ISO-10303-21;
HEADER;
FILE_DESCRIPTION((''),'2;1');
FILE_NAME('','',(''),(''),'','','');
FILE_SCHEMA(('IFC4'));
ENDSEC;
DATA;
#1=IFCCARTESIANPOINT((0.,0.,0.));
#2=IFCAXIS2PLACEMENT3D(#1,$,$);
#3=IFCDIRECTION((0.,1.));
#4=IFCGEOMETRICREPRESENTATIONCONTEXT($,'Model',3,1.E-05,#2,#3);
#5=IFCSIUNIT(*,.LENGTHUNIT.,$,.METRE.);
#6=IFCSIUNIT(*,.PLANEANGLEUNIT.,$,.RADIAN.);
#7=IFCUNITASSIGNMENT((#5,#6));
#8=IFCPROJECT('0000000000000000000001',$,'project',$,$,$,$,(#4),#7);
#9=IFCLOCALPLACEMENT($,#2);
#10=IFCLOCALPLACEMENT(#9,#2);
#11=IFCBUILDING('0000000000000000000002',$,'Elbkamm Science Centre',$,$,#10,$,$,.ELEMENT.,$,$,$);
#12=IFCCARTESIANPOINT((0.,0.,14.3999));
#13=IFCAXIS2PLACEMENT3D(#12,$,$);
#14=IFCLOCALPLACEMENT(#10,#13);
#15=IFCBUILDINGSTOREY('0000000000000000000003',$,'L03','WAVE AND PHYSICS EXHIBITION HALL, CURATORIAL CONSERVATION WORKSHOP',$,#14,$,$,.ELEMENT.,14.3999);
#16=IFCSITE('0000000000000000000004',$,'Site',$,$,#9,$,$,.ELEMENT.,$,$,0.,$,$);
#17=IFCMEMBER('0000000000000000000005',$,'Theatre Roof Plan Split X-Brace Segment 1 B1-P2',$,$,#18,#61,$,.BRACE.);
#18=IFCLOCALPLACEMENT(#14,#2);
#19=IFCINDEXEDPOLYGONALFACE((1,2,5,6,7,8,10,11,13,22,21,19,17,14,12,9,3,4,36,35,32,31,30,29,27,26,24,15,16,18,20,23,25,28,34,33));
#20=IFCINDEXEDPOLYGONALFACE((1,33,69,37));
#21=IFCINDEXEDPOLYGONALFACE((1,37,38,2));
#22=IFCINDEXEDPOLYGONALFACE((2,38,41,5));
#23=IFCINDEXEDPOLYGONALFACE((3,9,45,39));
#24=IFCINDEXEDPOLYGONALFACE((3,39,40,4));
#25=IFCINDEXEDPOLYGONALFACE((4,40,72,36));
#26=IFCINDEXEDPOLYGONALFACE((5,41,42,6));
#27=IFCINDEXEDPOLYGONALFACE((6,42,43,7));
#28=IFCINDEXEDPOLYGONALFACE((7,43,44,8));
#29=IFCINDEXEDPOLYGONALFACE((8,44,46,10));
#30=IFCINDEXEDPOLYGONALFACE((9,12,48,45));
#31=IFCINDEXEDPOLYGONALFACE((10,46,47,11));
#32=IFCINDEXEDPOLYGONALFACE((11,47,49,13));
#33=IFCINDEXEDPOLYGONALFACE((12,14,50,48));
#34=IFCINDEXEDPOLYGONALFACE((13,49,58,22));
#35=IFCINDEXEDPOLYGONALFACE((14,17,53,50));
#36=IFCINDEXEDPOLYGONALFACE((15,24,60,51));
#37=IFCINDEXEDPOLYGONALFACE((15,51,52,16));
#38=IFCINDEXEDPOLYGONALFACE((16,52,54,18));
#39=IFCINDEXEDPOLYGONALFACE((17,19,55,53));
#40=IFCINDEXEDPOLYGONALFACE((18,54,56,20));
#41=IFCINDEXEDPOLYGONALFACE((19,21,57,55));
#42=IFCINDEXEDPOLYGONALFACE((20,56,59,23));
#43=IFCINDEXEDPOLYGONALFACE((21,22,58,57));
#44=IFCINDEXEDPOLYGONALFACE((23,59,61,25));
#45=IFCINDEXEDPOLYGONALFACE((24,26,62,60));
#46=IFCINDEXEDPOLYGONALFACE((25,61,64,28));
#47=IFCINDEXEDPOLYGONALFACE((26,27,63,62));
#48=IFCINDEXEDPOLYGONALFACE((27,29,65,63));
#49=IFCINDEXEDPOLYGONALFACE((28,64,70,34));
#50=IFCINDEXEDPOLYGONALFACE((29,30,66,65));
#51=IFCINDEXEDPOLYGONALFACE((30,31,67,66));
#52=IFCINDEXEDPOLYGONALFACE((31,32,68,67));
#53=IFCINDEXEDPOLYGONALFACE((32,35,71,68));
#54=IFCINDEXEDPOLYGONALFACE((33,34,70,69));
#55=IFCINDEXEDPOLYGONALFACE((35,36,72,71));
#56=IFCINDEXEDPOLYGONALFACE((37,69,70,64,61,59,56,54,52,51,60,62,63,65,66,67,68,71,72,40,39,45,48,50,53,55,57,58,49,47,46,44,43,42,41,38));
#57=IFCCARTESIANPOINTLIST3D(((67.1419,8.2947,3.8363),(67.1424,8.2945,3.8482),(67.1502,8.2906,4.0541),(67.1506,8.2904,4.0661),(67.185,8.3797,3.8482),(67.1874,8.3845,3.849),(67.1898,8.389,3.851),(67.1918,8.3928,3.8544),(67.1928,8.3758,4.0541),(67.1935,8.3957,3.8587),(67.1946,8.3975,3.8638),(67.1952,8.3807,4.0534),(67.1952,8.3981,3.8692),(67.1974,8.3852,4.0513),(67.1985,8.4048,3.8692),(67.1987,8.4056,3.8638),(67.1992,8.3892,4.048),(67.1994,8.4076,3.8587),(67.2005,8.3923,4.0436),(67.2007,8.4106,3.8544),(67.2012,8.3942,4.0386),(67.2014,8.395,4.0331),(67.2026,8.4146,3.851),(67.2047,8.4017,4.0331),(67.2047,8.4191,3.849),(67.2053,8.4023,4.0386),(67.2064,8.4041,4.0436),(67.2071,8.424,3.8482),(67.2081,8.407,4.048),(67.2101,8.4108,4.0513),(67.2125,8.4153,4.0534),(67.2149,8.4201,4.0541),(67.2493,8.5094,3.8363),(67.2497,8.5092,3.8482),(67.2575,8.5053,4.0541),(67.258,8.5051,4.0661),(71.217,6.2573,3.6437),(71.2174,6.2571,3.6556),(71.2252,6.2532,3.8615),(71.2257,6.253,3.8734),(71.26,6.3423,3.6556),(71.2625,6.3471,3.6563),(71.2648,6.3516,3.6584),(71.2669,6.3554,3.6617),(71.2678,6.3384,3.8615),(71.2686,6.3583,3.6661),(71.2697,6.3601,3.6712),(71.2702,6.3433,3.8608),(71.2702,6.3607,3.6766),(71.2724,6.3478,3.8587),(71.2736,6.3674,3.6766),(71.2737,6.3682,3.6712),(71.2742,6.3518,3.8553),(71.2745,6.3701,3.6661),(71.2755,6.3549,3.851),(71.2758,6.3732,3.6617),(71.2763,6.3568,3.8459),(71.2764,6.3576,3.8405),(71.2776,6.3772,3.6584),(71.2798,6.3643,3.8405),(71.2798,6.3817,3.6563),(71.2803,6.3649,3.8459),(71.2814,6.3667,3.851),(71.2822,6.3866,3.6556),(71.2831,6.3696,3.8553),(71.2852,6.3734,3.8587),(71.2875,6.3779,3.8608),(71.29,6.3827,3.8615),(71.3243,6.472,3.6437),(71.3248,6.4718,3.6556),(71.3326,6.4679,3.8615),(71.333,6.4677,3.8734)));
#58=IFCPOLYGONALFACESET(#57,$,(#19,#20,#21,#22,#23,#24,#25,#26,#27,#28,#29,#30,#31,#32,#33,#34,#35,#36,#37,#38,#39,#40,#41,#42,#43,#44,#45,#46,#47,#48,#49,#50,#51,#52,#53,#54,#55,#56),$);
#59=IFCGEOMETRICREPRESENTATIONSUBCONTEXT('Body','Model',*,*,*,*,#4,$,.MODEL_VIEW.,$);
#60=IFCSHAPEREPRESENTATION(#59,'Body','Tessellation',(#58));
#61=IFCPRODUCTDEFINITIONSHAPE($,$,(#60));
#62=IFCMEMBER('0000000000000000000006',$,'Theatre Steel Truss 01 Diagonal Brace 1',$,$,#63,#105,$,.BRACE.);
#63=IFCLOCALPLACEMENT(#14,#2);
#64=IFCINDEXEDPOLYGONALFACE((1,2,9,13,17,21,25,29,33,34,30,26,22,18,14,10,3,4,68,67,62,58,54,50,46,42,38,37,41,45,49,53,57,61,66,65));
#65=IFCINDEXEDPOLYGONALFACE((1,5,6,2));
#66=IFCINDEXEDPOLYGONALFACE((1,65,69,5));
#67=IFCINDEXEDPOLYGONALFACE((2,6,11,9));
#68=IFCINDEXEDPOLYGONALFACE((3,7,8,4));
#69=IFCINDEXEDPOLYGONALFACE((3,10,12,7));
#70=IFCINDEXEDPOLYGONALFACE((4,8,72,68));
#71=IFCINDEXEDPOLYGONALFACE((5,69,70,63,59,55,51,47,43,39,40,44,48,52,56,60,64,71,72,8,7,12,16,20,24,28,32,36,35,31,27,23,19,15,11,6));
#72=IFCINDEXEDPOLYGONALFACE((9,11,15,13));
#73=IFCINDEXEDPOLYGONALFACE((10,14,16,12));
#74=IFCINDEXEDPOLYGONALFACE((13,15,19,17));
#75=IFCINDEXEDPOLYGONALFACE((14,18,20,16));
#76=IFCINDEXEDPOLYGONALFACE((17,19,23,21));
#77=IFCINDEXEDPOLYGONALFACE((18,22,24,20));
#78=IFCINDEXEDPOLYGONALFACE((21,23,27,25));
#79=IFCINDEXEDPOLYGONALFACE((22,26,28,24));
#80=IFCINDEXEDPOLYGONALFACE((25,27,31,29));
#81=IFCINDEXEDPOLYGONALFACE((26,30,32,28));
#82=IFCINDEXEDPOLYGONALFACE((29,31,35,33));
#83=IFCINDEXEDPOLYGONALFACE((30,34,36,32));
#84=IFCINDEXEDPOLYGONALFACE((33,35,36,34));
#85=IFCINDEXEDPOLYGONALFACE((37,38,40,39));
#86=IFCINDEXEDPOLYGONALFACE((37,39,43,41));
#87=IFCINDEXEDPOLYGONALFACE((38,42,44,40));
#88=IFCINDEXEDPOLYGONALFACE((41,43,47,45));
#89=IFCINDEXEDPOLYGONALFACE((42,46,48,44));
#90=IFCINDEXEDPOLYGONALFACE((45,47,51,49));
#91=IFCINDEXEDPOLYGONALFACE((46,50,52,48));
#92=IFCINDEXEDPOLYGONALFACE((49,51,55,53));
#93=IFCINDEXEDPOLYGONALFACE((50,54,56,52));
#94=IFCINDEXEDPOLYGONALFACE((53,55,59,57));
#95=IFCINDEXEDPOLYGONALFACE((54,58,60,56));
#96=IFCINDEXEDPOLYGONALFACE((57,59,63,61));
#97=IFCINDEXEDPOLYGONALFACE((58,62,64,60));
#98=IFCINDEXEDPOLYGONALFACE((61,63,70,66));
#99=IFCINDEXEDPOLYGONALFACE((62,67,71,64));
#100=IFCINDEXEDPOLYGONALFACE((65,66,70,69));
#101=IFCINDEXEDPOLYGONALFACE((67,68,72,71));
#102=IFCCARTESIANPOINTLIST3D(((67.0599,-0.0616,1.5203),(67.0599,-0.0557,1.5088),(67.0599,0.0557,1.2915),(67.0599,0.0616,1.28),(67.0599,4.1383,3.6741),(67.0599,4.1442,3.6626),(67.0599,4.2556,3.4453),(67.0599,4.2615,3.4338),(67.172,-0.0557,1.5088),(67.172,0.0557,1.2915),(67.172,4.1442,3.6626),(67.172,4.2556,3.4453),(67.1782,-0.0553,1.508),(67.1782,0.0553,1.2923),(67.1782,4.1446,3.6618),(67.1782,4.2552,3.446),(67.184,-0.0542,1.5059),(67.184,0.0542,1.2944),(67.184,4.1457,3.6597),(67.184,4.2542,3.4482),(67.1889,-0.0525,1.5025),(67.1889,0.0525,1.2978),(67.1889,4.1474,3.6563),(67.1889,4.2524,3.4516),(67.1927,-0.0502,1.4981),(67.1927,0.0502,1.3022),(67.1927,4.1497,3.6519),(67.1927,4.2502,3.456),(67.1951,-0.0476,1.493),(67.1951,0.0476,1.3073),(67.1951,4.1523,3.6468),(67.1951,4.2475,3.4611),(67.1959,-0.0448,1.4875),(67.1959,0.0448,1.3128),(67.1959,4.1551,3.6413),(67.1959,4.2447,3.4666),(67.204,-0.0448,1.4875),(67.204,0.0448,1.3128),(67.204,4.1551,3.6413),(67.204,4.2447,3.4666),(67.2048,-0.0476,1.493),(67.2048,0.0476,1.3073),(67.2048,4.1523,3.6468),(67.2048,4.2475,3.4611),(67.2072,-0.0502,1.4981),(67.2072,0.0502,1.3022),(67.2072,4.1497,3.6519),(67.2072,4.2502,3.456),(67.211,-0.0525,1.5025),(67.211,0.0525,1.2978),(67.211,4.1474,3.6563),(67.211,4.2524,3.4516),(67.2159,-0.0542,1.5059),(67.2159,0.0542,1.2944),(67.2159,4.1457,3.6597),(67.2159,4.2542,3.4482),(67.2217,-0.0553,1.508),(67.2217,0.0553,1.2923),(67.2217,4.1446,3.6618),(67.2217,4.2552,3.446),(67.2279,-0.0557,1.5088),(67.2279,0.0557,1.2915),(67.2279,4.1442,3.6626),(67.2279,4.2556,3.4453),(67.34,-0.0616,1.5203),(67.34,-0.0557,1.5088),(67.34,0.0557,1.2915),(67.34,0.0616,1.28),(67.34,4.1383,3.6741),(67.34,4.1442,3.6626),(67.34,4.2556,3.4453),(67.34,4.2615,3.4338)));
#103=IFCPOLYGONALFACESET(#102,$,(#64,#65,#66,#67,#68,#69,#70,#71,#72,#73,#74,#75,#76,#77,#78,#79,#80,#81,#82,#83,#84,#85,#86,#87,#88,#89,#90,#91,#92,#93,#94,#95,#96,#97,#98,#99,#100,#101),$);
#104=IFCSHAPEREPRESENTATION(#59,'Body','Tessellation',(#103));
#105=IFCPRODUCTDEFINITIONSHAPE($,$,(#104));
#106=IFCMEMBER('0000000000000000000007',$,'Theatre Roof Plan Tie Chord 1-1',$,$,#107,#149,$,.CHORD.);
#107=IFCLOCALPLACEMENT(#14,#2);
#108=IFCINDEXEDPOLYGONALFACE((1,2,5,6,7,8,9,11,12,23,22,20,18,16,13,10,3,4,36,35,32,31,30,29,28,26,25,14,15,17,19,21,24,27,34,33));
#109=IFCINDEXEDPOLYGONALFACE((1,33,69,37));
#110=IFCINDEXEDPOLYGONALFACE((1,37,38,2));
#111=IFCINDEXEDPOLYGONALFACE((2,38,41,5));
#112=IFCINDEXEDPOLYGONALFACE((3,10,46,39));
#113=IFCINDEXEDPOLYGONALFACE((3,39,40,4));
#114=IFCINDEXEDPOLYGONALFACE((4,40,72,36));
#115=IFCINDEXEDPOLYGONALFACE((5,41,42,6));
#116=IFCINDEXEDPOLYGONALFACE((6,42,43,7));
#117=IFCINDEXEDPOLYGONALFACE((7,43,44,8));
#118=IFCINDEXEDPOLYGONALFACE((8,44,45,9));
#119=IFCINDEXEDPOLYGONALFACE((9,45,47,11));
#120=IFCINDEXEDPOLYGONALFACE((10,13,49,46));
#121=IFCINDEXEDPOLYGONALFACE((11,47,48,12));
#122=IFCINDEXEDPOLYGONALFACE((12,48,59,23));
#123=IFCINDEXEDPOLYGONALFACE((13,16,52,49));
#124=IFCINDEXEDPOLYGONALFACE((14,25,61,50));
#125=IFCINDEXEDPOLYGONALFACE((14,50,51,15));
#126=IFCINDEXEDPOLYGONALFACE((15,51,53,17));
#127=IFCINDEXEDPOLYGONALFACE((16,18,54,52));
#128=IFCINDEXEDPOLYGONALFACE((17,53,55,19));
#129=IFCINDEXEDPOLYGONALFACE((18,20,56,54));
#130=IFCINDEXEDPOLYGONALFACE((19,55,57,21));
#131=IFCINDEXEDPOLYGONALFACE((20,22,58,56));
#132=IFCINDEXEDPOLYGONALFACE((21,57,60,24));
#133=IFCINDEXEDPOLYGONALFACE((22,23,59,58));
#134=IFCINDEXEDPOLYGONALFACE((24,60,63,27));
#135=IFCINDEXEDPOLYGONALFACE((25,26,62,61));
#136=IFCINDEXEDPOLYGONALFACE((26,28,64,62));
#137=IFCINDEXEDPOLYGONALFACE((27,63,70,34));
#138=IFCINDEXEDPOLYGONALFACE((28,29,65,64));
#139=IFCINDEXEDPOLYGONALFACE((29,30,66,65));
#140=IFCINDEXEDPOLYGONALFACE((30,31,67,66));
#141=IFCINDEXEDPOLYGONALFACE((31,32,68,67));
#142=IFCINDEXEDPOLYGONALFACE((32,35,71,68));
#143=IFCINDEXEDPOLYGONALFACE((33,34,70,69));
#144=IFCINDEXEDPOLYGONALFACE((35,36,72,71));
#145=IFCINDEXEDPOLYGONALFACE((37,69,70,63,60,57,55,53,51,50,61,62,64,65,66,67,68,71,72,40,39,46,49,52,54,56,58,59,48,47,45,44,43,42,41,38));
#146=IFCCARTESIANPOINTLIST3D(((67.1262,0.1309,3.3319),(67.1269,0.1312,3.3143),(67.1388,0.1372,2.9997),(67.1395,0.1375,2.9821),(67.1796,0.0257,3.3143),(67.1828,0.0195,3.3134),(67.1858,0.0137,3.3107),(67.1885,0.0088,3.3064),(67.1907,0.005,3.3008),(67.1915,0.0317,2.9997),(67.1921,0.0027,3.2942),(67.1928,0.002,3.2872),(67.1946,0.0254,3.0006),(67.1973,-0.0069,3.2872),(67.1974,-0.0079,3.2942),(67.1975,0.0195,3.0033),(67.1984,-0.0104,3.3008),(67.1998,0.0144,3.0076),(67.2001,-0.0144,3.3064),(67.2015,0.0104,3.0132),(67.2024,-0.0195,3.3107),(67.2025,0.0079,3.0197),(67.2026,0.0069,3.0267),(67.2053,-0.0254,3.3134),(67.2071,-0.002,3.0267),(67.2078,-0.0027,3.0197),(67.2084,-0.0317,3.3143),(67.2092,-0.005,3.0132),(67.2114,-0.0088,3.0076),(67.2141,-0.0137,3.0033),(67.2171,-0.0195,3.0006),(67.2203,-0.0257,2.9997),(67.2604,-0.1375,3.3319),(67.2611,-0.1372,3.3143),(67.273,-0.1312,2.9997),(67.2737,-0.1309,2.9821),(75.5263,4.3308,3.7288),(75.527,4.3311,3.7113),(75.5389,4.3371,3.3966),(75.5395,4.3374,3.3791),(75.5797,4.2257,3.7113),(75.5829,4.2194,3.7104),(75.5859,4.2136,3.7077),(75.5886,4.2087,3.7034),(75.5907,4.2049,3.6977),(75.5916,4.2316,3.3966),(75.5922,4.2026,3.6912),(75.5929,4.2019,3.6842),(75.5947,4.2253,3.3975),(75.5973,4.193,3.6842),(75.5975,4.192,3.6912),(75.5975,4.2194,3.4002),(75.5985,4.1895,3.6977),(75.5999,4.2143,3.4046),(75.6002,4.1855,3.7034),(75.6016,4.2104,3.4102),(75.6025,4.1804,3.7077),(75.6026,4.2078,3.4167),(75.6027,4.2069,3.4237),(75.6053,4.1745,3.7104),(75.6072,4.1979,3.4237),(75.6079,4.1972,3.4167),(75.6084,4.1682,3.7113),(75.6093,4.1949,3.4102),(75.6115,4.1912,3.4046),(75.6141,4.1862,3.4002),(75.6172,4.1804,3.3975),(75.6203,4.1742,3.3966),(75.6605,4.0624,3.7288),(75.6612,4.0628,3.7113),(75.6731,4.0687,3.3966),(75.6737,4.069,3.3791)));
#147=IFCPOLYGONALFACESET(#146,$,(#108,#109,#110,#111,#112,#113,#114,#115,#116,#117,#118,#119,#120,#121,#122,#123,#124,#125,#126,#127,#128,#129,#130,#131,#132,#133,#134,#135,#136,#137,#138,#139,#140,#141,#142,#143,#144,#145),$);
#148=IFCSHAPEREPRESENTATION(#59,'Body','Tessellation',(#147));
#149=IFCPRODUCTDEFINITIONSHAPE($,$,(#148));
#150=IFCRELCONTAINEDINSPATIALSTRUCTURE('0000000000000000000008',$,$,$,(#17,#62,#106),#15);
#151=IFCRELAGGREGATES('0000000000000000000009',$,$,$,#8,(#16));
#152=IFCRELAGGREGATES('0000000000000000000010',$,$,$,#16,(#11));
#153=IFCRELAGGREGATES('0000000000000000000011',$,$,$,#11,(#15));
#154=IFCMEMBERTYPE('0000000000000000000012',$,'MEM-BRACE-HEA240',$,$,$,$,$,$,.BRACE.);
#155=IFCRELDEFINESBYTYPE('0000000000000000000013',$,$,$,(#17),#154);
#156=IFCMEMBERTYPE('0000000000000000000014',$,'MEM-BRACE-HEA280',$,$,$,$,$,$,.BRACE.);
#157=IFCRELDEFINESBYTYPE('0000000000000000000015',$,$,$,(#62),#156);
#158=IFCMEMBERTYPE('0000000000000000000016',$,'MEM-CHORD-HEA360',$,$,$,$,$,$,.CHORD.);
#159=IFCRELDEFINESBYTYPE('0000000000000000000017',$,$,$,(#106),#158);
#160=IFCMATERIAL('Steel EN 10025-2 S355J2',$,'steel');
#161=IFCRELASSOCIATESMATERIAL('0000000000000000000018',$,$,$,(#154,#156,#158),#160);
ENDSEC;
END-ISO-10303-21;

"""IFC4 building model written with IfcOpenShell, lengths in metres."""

from ifc_helpers import new_model, si_unit, direction, frame, origin, origin_2d, place, context, subcontext, project, spatial, i_section, extrude, material, material_profile, profile_set, type_object, element, save


model = new_model("IFC4")

# Units and contexts
model_context = context("Model", 3, precision=1e-05, world=origin(), true_north=direction((0.0, 1.0)))
body_context = subcontext(model_context, "Body", "Model", "MODEL_VIEW")
ifc_project = project(units=[si_unit("LENGTHUNIT", "METRE"), si_unit("PLANEANGLEUNIT", "RADIAN")], contexts=[model_context])

# Site, building, storey
site_placement = place(None, origin())
site = spatial("IfcSite", under=ifc_project, at=site_placement, Name="Site", CompositionType="ELEMENT", RefElevation=0.0)
building_placement = place(site_placement, origin())
building = spatial("IfcBuilding", under=site, at=building_placement, Name="Elbkamm Science Centre", CompositionType="ELEMENT")
storey_placement = place(building_placement, frame((0.0, 0.0, 14.3999)))
storey = spatial("IfcBuildingStorey", under=building, at=storey_placement, Name="L03", Description="WAVE AND PHYSICS EXHIBITION HALL, CURATORIAL CONSERVATION WORKSHOP", CompositionType="ELEMENT", Elevation=14.3999)

# Shared definitions
ifc_material_1 = material(Name="Steel EN 10025-2 S355J2", Category="steel")

# Members
ifc_material_profile_1 = material_profile(ifc_material_1, i_section(OverallWidth=0.24, OverallDepth=0.23, WebThickness=0.0076, FlangeThickness=0.012, FilletRadius=0.021, at=origin_2d()), Name="HEA 240")
ifc_profile_set_1 = profile_set([ifc_material_profile_1], Name="Steel EN 10025-2 S355J2")
member_type_1 = type_object("IfcMemberType", Name="MEM-BRACE-HEA240", PredefinedType="BRACE", material=ifc_profile_set_1)
member_1_placement = place(storey_placement, frame((67.2, 8.3999, 3.9512), z_axis=(0.893639, -0.446793, -0.042243), x_axis=(0.447192, 0.894438, 0.0)))
element("IfcMember", 1, at=member_1_placement, inside=storey, type_object=member_type_1, Name="Theatre Roof Plan Split X-Brace Segment 1 B1-P2", PredefinedType="BRACE", context=body_context, shape_type="SweptSolid", body=[
    extrude(i_section(OverallWidth=0.24, OverallDepth=0.23, WebThickness=0.0076, FlangeThickness=0.012, FilletRadius=0.021, at=origin_2d()), origin(), (0.0, 0.0, 1.0), 4.5601),
])
ifc_material_profile_2 = material_profile(ifc_material_1, i_section(OverallWidth=0.28, OverallDepth=0.27, WebThickness=0.0081, FlangeThickness=0.0129, FilletRadius=0.0239, at=origin_2d()), Name="HEA 280")
ifc_profile_set_2 = profile_set([ifc_material_profile_2], Name="Steel EN 10025-2 S355J2")
member_type_2 = type_object("IfcMemberType", Name="MEM-BRACE-HEA280", PredefinedType="BRACE", material=ifc_profile_set_2)
member_2_placement = place(storey_placement, frame((67.2, 0.0, 1.4001), z_axis=(0.0, 0.889819, 0.456315), x_axis=(-1.0, 0.0, 0.0)))
element("IfcMember", 2, at=member_2_placement, inside=storey, type_object=member_type_2, Name="Theatre Steel Truss 01 Diagonal Brace 1", PredefinedType="BRACE", context=body_context, shape_type="SweptSolid", body=[
    extrude(i_section(OverallWidth=0.28, OverallDepth=0.27, WebThickness=0.0081, FlangeThickness=0.0129, FilletRadius=0.0239, at=origin_2d()), origin(), (0.0, 0.0, 1.0), 4.72),
])
ifc_material_profile_3 = material_profile(ifc_material_1, i_section(OverallWidth=0.3, OverallDepth=0.3501, WebThickness=0.01, FlangeThickness=0.0176, FilletRadius=0.0271, at=origin_2d()), Name="HEA 360")
ifc_profile_set_3 = profile_set([ifc_material_profile_3], Name="Steel EN 10025-2 S355J2")
member_type_3 = type_object("IfcMemberType", Name="MEM-CHORD-HEA360", PredefinedType="CHORD", material=ifc_profile_set_3)
member_3_placement = place(storey_placement, frame((67.2, 0.0, 3.157), z_axis=(0.893634, 0.446804, 0.042231), x_axis=(-0.447203, 0.894432, 0.0)))
element("IfcMember", 3, at=member_3_placement, inside=storey, type_object=member_type_3, Name="Theatre Roof Plan Tie Chord 1-1", PredefinedType="CHORD", context=body_context, shape_type="SweptSolid", body=[
    extrude(i_section(OverallWidth=0.3, OverallDepth=0.3501, WebThickness=0.01, FlangeThickness=0.0176, FilletRadius=0.0271, at=origin_2d()), origin(), (0.0, 0.0, 1.0), 9.3999),
])

save(model, "model.ifc")
